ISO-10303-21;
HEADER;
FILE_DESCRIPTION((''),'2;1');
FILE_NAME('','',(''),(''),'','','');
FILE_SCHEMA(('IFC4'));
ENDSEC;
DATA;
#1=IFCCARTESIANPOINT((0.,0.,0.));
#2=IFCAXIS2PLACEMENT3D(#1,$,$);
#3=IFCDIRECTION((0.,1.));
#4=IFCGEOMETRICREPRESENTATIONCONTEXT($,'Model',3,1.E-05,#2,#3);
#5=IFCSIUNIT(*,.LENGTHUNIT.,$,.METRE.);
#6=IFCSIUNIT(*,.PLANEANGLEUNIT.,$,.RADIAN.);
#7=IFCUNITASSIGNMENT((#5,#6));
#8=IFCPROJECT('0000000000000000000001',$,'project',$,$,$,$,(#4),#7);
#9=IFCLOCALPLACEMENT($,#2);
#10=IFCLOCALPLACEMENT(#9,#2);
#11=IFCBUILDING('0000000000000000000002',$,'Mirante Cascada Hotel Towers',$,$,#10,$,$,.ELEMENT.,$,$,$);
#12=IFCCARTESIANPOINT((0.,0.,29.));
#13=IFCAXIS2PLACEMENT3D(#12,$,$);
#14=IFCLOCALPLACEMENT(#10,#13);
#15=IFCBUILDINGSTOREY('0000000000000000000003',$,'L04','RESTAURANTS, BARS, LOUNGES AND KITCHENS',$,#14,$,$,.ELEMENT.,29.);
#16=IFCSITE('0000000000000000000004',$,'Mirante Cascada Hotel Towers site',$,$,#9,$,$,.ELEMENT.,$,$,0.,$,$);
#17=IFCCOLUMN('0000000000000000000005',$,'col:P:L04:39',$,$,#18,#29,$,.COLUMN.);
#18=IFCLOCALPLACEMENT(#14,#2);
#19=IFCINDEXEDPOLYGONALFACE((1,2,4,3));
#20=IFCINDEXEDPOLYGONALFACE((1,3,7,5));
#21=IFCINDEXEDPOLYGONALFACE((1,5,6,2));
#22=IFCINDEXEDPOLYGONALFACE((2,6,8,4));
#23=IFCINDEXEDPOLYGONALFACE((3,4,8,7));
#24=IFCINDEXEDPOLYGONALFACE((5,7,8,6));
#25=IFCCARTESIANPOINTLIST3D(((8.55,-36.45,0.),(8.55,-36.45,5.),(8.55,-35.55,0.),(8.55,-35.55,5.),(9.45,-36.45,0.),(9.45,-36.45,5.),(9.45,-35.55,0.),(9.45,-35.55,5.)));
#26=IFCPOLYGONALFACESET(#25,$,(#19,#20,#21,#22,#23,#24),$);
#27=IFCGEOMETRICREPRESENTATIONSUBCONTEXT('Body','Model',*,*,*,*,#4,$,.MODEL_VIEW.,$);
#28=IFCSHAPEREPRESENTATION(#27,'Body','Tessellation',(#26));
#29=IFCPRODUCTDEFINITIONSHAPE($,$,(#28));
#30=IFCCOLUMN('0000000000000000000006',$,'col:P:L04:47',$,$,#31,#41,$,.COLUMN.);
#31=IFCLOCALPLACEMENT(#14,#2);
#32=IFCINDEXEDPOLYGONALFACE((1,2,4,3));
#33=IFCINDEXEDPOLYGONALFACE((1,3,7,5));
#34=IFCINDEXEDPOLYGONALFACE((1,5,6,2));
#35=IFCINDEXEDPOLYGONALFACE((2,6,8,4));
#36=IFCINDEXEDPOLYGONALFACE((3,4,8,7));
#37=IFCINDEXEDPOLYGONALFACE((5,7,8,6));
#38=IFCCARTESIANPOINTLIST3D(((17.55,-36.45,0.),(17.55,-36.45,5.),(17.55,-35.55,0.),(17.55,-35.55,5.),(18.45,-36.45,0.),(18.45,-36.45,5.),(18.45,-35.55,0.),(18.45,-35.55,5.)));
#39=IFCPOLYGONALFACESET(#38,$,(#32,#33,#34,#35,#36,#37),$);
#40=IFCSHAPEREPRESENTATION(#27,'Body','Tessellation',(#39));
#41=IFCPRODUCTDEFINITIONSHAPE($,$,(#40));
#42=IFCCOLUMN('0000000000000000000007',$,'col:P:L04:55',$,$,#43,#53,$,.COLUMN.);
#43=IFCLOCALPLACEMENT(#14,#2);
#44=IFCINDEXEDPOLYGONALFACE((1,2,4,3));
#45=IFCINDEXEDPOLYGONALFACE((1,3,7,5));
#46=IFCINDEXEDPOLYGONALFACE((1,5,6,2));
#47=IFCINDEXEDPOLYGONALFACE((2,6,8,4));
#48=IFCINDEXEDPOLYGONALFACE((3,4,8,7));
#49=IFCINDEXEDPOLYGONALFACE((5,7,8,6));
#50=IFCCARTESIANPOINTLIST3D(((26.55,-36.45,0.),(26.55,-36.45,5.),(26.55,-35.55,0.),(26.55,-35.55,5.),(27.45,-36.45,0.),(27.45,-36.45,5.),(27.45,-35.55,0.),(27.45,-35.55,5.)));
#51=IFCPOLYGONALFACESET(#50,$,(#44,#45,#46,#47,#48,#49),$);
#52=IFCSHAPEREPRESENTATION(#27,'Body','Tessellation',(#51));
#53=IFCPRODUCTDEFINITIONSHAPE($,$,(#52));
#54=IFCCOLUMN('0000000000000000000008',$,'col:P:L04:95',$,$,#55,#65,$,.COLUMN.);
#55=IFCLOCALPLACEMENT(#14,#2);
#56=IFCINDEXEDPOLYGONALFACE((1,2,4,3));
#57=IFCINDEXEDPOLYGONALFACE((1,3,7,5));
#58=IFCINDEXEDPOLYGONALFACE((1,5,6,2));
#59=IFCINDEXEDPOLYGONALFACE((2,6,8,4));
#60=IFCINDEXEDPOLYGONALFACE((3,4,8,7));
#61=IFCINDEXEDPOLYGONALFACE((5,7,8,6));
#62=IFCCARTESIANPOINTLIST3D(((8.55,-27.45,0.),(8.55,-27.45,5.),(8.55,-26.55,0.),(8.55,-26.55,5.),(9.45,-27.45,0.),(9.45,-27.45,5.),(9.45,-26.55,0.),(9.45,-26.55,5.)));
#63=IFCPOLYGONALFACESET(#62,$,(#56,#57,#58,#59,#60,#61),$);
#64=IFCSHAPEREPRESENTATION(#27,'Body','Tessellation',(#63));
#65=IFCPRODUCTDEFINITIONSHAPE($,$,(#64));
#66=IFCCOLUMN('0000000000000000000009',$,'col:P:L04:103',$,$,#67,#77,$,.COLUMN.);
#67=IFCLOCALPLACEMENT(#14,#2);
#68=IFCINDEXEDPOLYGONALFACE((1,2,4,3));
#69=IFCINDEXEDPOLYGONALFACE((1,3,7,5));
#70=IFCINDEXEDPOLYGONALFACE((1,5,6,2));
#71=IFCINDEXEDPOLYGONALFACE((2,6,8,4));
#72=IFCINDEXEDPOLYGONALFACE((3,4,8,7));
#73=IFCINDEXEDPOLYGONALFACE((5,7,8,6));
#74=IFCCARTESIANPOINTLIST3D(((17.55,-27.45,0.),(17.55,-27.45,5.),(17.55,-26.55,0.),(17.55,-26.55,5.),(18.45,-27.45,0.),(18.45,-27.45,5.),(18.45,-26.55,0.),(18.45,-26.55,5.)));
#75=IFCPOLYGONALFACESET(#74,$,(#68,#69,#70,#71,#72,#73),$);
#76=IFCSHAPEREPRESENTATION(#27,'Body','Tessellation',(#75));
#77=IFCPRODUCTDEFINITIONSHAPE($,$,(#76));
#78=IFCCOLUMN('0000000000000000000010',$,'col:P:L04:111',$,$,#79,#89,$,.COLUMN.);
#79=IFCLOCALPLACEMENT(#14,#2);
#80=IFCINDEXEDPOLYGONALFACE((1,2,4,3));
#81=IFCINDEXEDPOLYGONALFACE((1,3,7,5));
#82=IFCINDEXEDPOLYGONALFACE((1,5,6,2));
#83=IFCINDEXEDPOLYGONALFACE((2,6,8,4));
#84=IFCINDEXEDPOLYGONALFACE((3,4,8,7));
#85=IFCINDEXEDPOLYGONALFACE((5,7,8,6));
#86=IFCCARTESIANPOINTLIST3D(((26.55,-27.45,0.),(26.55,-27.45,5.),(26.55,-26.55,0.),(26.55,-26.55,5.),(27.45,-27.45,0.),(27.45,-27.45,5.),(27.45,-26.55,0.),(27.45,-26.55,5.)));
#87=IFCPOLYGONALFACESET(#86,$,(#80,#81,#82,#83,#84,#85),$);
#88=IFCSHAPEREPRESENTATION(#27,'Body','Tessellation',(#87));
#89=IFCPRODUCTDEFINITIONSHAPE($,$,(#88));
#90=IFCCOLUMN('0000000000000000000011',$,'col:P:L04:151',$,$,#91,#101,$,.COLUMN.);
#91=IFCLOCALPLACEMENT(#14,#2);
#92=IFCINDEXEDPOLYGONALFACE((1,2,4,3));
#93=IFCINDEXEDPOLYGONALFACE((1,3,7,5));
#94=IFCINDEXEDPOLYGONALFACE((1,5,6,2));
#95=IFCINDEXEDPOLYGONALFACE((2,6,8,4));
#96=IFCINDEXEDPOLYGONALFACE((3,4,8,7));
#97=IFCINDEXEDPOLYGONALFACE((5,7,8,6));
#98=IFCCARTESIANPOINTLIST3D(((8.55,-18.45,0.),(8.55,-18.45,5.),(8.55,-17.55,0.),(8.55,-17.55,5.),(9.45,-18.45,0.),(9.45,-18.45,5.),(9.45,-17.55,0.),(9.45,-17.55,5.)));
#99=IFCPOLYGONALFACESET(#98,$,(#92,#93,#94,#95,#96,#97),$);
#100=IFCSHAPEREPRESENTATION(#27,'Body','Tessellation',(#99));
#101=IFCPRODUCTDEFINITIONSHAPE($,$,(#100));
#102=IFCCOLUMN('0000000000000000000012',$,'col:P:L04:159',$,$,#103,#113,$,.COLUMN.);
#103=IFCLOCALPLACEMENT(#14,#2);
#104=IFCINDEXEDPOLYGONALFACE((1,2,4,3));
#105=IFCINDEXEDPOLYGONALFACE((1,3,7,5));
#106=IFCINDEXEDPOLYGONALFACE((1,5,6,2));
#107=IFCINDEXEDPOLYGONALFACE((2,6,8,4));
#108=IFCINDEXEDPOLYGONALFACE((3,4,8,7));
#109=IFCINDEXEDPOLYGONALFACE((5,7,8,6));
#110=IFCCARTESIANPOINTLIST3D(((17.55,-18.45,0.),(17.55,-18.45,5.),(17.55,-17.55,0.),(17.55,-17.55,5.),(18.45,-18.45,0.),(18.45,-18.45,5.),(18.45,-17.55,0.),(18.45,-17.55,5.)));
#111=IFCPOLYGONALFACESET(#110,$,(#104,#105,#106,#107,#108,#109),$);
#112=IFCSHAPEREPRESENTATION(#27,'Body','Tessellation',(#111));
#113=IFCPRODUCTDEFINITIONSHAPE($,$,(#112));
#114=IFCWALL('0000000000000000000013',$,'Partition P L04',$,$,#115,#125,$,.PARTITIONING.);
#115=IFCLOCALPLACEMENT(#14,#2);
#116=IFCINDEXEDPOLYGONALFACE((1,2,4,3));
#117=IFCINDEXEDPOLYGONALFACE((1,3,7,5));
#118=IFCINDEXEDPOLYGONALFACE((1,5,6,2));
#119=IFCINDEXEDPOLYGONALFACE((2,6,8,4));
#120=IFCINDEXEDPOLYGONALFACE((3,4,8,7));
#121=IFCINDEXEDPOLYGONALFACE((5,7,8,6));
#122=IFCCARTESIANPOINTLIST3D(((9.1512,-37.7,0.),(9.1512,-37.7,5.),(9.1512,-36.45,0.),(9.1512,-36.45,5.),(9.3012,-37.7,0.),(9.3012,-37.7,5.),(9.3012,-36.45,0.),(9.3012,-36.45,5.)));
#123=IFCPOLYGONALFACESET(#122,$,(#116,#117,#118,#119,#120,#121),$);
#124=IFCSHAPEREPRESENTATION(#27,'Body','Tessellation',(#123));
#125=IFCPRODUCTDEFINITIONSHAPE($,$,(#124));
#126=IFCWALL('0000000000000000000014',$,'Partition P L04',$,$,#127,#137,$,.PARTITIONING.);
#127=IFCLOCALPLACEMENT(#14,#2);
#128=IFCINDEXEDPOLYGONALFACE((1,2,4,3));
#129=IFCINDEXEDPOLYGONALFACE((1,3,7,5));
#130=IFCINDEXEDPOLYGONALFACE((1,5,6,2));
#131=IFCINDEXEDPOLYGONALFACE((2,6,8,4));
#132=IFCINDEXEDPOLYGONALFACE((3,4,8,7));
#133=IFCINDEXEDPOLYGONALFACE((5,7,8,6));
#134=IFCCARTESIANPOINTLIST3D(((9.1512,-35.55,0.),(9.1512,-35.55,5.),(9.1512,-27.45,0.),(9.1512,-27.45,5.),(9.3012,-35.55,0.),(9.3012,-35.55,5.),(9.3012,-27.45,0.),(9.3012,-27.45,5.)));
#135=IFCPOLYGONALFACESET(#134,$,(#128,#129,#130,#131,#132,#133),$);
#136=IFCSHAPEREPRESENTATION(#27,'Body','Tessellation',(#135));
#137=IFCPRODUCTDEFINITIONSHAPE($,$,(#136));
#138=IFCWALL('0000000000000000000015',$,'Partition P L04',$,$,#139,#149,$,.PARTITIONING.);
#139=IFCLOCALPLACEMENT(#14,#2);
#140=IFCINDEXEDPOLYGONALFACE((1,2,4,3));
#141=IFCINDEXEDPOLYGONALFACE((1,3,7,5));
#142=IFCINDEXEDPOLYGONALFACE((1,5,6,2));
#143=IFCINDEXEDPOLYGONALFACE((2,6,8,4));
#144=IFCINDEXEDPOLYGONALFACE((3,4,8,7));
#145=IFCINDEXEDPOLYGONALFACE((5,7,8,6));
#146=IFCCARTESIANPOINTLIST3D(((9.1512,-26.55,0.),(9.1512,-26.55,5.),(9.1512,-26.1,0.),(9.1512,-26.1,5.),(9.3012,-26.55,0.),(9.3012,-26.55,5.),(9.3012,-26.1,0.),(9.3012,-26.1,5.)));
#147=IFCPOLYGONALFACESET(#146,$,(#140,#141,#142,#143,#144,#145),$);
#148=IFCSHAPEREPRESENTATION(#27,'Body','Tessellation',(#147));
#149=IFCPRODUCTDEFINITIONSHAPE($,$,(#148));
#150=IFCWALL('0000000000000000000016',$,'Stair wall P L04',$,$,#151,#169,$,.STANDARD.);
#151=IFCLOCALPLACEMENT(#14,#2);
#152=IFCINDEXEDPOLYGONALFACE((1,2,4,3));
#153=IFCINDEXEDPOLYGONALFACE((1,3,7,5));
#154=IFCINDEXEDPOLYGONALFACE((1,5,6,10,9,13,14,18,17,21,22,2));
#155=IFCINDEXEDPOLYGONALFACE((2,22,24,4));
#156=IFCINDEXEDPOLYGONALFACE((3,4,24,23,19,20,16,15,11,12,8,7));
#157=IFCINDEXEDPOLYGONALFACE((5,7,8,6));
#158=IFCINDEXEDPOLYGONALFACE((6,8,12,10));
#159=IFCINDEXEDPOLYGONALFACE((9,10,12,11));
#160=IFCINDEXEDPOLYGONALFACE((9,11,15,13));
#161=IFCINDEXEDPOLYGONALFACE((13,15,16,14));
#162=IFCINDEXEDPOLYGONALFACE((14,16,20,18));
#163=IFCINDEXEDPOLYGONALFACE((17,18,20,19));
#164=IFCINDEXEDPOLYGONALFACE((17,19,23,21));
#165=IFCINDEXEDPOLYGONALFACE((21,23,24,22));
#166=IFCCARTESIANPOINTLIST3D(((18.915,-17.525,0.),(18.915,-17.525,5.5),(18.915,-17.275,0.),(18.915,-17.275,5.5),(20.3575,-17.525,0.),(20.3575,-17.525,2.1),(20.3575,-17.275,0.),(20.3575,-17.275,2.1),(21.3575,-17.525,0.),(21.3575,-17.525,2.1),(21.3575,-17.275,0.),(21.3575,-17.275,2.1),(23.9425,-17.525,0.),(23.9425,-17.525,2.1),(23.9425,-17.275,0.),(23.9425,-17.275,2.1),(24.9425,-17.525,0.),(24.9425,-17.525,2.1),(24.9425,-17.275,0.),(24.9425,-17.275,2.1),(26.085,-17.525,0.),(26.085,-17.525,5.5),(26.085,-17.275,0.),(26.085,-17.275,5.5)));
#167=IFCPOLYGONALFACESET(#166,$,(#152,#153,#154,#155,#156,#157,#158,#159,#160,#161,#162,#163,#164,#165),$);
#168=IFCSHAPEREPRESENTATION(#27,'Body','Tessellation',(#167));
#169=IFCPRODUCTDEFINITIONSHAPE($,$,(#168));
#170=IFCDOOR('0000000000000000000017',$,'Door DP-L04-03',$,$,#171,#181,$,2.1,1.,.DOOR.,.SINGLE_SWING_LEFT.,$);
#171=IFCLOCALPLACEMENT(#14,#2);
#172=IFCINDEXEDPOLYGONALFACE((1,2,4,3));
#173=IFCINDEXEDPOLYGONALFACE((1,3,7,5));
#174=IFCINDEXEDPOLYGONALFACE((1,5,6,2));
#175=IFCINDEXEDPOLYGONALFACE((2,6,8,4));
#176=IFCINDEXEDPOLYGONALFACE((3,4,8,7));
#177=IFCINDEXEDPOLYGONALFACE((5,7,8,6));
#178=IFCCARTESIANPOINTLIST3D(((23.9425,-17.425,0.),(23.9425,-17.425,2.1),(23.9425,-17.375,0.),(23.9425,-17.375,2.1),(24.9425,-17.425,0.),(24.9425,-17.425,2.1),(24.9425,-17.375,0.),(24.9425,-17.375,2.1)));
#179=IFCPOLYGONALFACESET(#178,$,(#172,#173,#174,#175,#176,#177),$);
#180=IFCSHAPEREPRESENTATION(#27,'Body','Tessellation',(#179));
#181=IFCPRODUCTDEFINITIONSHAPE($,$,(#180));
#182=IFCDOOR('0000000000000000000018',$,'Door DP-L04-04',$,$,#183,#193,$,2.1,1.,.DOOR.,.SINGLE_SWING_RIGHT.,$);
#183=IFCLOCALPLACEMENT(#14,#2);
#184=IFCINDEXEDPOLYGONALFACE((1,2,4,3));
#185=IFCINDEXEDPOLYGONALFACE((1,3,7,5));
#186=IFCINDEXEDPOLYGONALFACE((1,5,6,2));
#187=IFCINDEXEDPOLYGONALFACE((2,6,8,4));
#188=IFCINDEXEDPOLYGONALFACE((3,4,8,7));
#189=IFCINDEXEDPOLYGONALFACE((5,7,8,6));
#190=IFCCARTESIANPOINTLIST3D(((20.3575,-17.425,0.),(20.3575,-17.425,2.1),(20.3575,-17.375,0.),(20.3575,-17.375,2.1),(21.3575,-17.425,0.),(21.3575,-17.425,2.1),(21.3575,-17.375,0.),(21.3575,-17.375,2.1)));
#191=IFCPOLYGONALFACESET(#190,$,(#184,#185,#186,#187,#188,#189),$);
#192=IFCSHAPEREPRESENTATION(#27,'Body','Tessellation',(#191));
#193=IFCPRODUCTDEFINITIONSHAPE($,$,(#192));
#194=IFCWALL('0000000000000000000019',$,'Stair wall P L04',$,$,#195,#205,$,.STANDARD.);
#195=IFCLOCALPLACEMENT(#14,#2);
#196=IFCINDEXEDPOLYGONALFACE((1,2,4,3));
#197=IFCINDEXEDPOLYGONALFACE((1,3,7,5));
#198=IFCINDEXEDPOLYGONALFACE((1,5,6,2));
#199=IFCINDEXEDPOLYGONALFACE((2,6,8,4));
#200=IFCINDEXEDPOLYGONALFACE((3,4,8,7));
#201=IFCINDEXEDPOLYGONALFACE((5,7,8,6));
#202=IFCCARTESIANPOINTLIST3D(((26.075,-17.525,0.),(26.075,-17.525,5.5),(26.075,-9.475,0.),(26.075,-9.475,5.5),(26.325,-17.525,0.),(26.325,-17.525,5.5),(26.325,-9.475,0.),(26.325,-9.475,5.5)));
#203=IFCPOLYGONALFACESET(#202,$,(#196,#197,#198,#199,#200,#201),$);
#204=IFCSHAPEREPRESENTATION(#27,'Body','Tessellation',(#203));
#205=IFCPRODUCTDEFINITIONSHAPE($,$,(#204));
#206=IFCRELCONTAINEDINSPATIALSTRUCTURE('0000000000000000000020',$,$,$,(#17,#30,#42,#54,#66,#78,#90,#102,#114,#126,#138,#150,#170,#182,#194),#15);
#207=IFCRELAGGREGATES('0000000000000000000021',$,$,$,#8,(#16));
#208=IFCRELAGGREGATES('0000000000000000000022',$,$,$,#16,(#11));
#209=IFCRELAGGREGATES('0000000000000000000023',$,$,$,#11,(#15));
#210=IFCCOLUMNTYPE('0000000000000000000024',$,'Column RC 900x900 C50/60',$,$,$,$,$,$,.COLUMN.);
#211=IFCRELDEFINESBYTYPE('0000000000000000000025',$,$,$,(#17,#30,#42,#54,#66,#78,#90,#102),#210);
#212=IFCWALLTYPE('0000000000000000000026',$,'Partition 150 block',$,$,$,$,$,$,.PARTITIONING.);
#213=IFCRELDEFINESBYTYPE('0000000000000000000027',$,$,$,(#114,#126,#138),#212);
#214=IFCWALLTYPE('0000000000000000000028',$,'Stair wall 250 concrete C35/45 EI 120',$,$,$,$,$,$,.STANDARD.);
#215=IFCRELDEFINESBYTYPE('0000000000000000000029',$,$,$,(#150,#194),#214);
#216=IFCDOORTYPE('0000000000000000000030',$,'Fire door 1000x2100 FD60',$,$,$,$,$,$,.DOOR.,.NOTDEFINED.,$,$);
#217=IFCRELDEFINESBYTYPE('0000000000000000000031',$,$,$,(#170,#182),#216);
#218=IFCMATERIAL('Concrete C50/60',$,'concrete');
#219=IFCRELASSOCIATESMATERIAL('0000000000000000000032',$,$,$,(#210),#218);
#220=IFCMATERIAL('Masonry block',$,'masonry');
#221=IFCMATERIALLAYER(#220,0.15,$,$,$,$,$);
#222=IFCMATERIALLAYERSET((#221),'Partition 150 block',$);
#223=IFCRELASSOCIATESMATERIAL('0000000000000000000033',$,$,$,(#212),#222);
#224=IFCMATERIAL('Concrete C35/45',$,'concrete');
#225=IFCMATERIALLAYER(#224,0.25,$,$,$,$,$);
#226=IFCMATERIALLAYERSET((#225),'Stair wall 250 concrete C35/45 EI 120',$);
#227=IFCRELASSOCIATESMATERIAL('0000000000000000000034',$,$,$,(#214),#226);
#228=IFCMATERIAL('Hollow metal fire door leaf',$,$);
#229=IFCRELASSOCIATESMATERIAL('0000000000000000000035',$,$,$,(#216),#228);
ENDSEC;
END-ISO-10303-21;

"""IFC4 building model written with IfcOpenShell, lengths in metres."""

from ifc_helpers import new_model, si_unit, direction, frame, frame_2d, origin, origin_2d, place, context, subcontext, project, spatial, rectangle, extrude, material, layer, layer_set, material_profile, profile_set, type_object, element, fill, save


model = new_model("IFC4")

# Units and contexts
model_context = context("Model", 3, precision=1e-05, world=origin(), true_north=direction((0.0, 1.0)))
body_context = subcontext(model_context, "Body", "Model", "MODEL_VIEW")
ifc_project = project(units=[si_unit("LENGTHUNIT", "METRE"), si_unit("PLANEANGLEUNIT", "RADIAN")], contexts=[model_context])

# Site, building, storey
site_placement = place(None, origin())
site = spatial("IfcSite", under=ifc_project, at=site_placement, Name="Mirante Cascada Hotel Towers site", CompositionType="ELEMENT", RefElevation=0.0)
building_placement = place(site_placement, origin())
building = spatial("IfcBuilding", under=site, at=building_placement, Name="Mirante Cascada Hotel Towers", CompositionType="ELEMENT")
storey_placement = place(building_placement, frame((0.0, 0.0, 29.0)))
storey = spatial("IfcBuildingStorey", under=building, at=storey_placement, Name="L04", Description="RESTAURANTS, BARS, LOUNGES AND KITCHENS", CompositionType="ELEMENT", Elevation=29.0)

# Columns
ifc_material_1 = material(Name="Concrete C50/60", Category="concrete")
ifc_material_profile = material_profile(ifc_material_1, rectangle(XDim=0.9, YDim=0.9, at=origin_2d()), Name="RC 900x900")
ifc_profile_set = profile_set([ifc_material_profile], Name="Concrete C50/60")
column_type = type_object("IfcColumnType", Name="Column RC 900x900 C50/60", PredefinedType="COLUMN", material=ifc_profile_set)
for number, where, z_axis, x_axis, name in (
    (1, (9.0, -36.0, 0.0), (0.0, 0.0, 1.0), (1.0, 0.0, 0.0), "col:P:L04:39"),
    (2, (18.0, -36.0, 0.0), (0.0, 0.0, 1.0), (1.0, 0.0, 0.0), "col:P:L04:47"),
    (3, (27.0, -36.0, 0.0), (0.0, 0.0, 1.0), (1.0, 0.0, 0.0), "col:P:L04:55"),
    (4, (9.0, -27.0, 0.0), (0.0, 0.0, 1.0), (1.0, 0.0, 0.0), "col:P:L04:95"),
    (5, (18.0, -27.0, 0.0), (0.0, 0.0, 1.0), (1.0, 0.0, 0.0), "col:P:L04:103"),
    (6, (27.0, -27.0, 0.0), (0.0, 0.0, 1.0), (1.0, 0.0, 0.0), "col:P:L04:111"),
    (7, (9.0, -18.0, 0.0), (0.0, 0.0, 1.0), (1.0, 0.0, 0.0), "col:P:L04:151"),
    (8, (18.0, -18.0, 0.0), (0.0, 0.0, 1.0), (1.0, 0.0, 0.0), "col:P:L04:159"),
):
    element("IfcColumn", number, at=place(storey_placement, frame(where, z_axis=z_axis, x_axis=x_axis)), inside=storey, type_object=column_type, Name=name, PredefinedType="COLUMN", context=body_context, shape_type="SweptSolid", body=[
        extrude(rectangle(XDim=0.9, YDim=0.9, at=origin_2d()), origin(), (0.0, 0.0, 1.0), 5.0),
    ])

# Walls
ifc_material_2 = material(Name="Masonry block", Category="masonry")
ifc_layer_1 = layer(ifc_material_2, 0.15)
ifc_layer_set_1 = layer_set([ifc_layer_1], Name="Partition 150 block")
wall_type_1 = type_object("IfcWallType", Name="Partition 150 block", PredefinedType="PARTITIONING", material=ifc_layer_set_1)
wall_1_placement = place(storey_placement, frame((9.2262, -37.7, 0.0), z_axis=(0.0, 0.0, 1.0), x_axis=(0.0, 1.0, 0.0)))
element("IfcWall", 9, at=wall_1_placement, inside=storey, type_object=wall_type_1, Name="Partition P L04", PredefinedType="PARTITIONING", context=body_context, shape_type="SweptSolid", body=[
    extrude(rectangle(XDim=1.25, YDim=0.15, at=frame_2d((0.625, 0.0))), origin(), (0.0, 0.0, 1.0), 5.0),
])
wall_2_placement = place(storey_placement, frame((9.2262, -35.55, 0.0), z_axis=(0.0, 0.0, 1.0), x_axis=(0.0, 1.0, 0.0)))
element("IfcWall", 10, at=wall_2_placement, inside=storey, type_object=wall_type_1, Name="Partition P L04", PredefinedType="PARTITIONING", context=body_context, shape_type="SweptSolid", body=[
    extrude(rectangle(XDim=8.1, YDim=0.15, at=frame_2d((4.05, 0.0))), origin(), (0.0, 0.0, 1.0), 5.0),
])
wall_3_placement = place(storey_placement, frame((9.2262, -26.55, 0.0), z_axis=(0.0, 0.0, 1.0), x_axis=(0.0, 1.0, 0.0)))
element("IfcWall", 11, at=wall_3_placement, inside=storey, type_object=wall_type_1, Name="Partition P L04", PredefinedType="PARTITIONING", context=body_context, shape_type="SweptSolid", body=[
    extrude(rectangle(XDim=0.45, YDim=0.15, at=frame_2d((0.225, 0.0))), origin(), (0.0, 0.0, 1.0), 5.0),
])

# Wall, openings, doors
ifc_material_3 = material(Name="Concrete C35/45", Category="concrete")
ifc_layer_2 = layer(ifc_material_3, 0.25)
ifc_layer_set_2 = layer_set([ifc_layer_2], Name="Stair wall 250 concrete C35/45 EI 120")
wall_type_2 = type_object("IfcWallType", Name="Stair wall 250 concrete C35/45 EI 120", PredefinedType="STANDARD", material=ifc_layer_set_2)
wall_4_placement = place(storey_placement, frame((18.915, -17.4, 0.0), z_axis=(0.0, 0.0, 1.0), x_axis=(1.0, 0.0, 0.0)))
wall_4 = element("IfcWall", 12, at=wall_4_placement, inside=storey, type_object=wall_type_2, Name="Stair wall P L04", PredefinedType="STANDARD", context=body_context, shape_type="SweptSolid", body=[
    extrude(rectangle(XDim=7.17, YDim=0.25, at=frame_2d((3.585, 0.0))), origin(), (0.0, 0.0, 1.0), 5.5),
])
opening_1_placement = place(wall_4_placement, frame((5.0275, 0.0, 0.0)))
opening_1 = element("IfcOpeningElement", 13, at=opening_1_placement, cuts=wall_4, PredefinedType="OPENING", context=body_context, shape_type="SweptSolid", body=[
    extrude(rectangle(XDim=1.0, YDim=2.1, at=frame_2d((0.5, 1.05))), frame((0.0, 0.125, 0.0), z_axis=(0.0, -1.0, 0.0), x_axis=(1.0, 0.0, 0.0)), (0.0, 0.0, 1.0), 0.25),
])
opening_2_placement = place(wall_4_placement, frame((1.4425, 0.0, 0.0)))
opening_2 = element("IfcOpeningElement", 14, at=opening_2_placement, cuts=wall_4, PredefinedType="OPENING", context=body_context, shape_type="SweptSolid", body=[
    extrude(rectangle(XDim=1.0, YDim=2.1, at=frame_2d((0.5, 1.05))), frame((0.0, 0.125, 0.0), z_axis=(0.0, -1.0, 0.0), x_axis=(1.0, 0.0, 0.0)), (0.0, 0.0, 1.0), 0.25),
])
ifc_material_4 = material(Name="Hollow metal fire door leaf")
door_type_1 = type_object("IfcDoorType", Name="Fire door 1000x2100 FD60", OperationType="NOTDEFINED", PredefinedType="DOOR", material=ifc_material_4)
door_1_placement = place(opening_1_placement, origin())
door_1 = element("IfcDoor", 15, at=door_1_placement, inside=storey, type_object=door_type_1, Name="Door DP-L04-03", OperationType="SINGLE_SWING_LEFT", OverallHeight=2.1, OverallWidth=1.0, PredefinedType="DOOR", context=body_context, shape_type="SweptSolid", body=[
    extrude(rectangle(XDim=1.0, YDim=2.1, at=frame_2d((0.5, 1.05))), frame((0.0, 0.025, 0.0), z_axis=(0.0, -1.0, 0.0), x_axis=(1.0, 0.0, 0.0)), (0.0, 0.0, 1.0), 0.05),
])
fill(opening_1, door_1)
door_2_placement = place(opening_2_placement, origin())
door_2 = element("IfcDoor", 16, at=door_2_placement, inside=storey, type_object=door_type_1, Name="Door DP-L04-04", OperationType="SINGLE_SWING_RIGHT", OverallHeight=2.1, OverallWidth=1.0, PredefinedType="DOOR", context=body_context, shape_type="SweptSolid", body=[
    extrude(rectangle(XDim=1.0, YDim=2.1, at=frame_2d((0.5, 1.05))), frame((0.0, 0.025, 0.0), z_axis=(0.0, -1.0, 0.0), x_axis=(1.0, 0.0, 0.0)), (0.0, 0.0, 1.0), 0.05),
])
fill(opening_2, door_2)

# Wall
wall_5_placement = place(storey_placement, frame((26.2, -17.525, 0.0), z_axis=(0.0, 0.0, 1.0), x_axis=(0.0, 1.0, 0.0)))
element("IfcWall", 17, at=wall_5_placement, inside=storey, type_object=wall_type_2, Name="Stair wall P L04", PredefinedType="STANDARD", context=body_context, shape_type="SweptSolid", body=[
    extrude(rectangle(XDim=8.05, YDim=0.25, at=frame_2d((4.025, 0.0))), origin(), (0.0, 0.0, 1.0), 5.5),
])

save(model, "model.ifc")
